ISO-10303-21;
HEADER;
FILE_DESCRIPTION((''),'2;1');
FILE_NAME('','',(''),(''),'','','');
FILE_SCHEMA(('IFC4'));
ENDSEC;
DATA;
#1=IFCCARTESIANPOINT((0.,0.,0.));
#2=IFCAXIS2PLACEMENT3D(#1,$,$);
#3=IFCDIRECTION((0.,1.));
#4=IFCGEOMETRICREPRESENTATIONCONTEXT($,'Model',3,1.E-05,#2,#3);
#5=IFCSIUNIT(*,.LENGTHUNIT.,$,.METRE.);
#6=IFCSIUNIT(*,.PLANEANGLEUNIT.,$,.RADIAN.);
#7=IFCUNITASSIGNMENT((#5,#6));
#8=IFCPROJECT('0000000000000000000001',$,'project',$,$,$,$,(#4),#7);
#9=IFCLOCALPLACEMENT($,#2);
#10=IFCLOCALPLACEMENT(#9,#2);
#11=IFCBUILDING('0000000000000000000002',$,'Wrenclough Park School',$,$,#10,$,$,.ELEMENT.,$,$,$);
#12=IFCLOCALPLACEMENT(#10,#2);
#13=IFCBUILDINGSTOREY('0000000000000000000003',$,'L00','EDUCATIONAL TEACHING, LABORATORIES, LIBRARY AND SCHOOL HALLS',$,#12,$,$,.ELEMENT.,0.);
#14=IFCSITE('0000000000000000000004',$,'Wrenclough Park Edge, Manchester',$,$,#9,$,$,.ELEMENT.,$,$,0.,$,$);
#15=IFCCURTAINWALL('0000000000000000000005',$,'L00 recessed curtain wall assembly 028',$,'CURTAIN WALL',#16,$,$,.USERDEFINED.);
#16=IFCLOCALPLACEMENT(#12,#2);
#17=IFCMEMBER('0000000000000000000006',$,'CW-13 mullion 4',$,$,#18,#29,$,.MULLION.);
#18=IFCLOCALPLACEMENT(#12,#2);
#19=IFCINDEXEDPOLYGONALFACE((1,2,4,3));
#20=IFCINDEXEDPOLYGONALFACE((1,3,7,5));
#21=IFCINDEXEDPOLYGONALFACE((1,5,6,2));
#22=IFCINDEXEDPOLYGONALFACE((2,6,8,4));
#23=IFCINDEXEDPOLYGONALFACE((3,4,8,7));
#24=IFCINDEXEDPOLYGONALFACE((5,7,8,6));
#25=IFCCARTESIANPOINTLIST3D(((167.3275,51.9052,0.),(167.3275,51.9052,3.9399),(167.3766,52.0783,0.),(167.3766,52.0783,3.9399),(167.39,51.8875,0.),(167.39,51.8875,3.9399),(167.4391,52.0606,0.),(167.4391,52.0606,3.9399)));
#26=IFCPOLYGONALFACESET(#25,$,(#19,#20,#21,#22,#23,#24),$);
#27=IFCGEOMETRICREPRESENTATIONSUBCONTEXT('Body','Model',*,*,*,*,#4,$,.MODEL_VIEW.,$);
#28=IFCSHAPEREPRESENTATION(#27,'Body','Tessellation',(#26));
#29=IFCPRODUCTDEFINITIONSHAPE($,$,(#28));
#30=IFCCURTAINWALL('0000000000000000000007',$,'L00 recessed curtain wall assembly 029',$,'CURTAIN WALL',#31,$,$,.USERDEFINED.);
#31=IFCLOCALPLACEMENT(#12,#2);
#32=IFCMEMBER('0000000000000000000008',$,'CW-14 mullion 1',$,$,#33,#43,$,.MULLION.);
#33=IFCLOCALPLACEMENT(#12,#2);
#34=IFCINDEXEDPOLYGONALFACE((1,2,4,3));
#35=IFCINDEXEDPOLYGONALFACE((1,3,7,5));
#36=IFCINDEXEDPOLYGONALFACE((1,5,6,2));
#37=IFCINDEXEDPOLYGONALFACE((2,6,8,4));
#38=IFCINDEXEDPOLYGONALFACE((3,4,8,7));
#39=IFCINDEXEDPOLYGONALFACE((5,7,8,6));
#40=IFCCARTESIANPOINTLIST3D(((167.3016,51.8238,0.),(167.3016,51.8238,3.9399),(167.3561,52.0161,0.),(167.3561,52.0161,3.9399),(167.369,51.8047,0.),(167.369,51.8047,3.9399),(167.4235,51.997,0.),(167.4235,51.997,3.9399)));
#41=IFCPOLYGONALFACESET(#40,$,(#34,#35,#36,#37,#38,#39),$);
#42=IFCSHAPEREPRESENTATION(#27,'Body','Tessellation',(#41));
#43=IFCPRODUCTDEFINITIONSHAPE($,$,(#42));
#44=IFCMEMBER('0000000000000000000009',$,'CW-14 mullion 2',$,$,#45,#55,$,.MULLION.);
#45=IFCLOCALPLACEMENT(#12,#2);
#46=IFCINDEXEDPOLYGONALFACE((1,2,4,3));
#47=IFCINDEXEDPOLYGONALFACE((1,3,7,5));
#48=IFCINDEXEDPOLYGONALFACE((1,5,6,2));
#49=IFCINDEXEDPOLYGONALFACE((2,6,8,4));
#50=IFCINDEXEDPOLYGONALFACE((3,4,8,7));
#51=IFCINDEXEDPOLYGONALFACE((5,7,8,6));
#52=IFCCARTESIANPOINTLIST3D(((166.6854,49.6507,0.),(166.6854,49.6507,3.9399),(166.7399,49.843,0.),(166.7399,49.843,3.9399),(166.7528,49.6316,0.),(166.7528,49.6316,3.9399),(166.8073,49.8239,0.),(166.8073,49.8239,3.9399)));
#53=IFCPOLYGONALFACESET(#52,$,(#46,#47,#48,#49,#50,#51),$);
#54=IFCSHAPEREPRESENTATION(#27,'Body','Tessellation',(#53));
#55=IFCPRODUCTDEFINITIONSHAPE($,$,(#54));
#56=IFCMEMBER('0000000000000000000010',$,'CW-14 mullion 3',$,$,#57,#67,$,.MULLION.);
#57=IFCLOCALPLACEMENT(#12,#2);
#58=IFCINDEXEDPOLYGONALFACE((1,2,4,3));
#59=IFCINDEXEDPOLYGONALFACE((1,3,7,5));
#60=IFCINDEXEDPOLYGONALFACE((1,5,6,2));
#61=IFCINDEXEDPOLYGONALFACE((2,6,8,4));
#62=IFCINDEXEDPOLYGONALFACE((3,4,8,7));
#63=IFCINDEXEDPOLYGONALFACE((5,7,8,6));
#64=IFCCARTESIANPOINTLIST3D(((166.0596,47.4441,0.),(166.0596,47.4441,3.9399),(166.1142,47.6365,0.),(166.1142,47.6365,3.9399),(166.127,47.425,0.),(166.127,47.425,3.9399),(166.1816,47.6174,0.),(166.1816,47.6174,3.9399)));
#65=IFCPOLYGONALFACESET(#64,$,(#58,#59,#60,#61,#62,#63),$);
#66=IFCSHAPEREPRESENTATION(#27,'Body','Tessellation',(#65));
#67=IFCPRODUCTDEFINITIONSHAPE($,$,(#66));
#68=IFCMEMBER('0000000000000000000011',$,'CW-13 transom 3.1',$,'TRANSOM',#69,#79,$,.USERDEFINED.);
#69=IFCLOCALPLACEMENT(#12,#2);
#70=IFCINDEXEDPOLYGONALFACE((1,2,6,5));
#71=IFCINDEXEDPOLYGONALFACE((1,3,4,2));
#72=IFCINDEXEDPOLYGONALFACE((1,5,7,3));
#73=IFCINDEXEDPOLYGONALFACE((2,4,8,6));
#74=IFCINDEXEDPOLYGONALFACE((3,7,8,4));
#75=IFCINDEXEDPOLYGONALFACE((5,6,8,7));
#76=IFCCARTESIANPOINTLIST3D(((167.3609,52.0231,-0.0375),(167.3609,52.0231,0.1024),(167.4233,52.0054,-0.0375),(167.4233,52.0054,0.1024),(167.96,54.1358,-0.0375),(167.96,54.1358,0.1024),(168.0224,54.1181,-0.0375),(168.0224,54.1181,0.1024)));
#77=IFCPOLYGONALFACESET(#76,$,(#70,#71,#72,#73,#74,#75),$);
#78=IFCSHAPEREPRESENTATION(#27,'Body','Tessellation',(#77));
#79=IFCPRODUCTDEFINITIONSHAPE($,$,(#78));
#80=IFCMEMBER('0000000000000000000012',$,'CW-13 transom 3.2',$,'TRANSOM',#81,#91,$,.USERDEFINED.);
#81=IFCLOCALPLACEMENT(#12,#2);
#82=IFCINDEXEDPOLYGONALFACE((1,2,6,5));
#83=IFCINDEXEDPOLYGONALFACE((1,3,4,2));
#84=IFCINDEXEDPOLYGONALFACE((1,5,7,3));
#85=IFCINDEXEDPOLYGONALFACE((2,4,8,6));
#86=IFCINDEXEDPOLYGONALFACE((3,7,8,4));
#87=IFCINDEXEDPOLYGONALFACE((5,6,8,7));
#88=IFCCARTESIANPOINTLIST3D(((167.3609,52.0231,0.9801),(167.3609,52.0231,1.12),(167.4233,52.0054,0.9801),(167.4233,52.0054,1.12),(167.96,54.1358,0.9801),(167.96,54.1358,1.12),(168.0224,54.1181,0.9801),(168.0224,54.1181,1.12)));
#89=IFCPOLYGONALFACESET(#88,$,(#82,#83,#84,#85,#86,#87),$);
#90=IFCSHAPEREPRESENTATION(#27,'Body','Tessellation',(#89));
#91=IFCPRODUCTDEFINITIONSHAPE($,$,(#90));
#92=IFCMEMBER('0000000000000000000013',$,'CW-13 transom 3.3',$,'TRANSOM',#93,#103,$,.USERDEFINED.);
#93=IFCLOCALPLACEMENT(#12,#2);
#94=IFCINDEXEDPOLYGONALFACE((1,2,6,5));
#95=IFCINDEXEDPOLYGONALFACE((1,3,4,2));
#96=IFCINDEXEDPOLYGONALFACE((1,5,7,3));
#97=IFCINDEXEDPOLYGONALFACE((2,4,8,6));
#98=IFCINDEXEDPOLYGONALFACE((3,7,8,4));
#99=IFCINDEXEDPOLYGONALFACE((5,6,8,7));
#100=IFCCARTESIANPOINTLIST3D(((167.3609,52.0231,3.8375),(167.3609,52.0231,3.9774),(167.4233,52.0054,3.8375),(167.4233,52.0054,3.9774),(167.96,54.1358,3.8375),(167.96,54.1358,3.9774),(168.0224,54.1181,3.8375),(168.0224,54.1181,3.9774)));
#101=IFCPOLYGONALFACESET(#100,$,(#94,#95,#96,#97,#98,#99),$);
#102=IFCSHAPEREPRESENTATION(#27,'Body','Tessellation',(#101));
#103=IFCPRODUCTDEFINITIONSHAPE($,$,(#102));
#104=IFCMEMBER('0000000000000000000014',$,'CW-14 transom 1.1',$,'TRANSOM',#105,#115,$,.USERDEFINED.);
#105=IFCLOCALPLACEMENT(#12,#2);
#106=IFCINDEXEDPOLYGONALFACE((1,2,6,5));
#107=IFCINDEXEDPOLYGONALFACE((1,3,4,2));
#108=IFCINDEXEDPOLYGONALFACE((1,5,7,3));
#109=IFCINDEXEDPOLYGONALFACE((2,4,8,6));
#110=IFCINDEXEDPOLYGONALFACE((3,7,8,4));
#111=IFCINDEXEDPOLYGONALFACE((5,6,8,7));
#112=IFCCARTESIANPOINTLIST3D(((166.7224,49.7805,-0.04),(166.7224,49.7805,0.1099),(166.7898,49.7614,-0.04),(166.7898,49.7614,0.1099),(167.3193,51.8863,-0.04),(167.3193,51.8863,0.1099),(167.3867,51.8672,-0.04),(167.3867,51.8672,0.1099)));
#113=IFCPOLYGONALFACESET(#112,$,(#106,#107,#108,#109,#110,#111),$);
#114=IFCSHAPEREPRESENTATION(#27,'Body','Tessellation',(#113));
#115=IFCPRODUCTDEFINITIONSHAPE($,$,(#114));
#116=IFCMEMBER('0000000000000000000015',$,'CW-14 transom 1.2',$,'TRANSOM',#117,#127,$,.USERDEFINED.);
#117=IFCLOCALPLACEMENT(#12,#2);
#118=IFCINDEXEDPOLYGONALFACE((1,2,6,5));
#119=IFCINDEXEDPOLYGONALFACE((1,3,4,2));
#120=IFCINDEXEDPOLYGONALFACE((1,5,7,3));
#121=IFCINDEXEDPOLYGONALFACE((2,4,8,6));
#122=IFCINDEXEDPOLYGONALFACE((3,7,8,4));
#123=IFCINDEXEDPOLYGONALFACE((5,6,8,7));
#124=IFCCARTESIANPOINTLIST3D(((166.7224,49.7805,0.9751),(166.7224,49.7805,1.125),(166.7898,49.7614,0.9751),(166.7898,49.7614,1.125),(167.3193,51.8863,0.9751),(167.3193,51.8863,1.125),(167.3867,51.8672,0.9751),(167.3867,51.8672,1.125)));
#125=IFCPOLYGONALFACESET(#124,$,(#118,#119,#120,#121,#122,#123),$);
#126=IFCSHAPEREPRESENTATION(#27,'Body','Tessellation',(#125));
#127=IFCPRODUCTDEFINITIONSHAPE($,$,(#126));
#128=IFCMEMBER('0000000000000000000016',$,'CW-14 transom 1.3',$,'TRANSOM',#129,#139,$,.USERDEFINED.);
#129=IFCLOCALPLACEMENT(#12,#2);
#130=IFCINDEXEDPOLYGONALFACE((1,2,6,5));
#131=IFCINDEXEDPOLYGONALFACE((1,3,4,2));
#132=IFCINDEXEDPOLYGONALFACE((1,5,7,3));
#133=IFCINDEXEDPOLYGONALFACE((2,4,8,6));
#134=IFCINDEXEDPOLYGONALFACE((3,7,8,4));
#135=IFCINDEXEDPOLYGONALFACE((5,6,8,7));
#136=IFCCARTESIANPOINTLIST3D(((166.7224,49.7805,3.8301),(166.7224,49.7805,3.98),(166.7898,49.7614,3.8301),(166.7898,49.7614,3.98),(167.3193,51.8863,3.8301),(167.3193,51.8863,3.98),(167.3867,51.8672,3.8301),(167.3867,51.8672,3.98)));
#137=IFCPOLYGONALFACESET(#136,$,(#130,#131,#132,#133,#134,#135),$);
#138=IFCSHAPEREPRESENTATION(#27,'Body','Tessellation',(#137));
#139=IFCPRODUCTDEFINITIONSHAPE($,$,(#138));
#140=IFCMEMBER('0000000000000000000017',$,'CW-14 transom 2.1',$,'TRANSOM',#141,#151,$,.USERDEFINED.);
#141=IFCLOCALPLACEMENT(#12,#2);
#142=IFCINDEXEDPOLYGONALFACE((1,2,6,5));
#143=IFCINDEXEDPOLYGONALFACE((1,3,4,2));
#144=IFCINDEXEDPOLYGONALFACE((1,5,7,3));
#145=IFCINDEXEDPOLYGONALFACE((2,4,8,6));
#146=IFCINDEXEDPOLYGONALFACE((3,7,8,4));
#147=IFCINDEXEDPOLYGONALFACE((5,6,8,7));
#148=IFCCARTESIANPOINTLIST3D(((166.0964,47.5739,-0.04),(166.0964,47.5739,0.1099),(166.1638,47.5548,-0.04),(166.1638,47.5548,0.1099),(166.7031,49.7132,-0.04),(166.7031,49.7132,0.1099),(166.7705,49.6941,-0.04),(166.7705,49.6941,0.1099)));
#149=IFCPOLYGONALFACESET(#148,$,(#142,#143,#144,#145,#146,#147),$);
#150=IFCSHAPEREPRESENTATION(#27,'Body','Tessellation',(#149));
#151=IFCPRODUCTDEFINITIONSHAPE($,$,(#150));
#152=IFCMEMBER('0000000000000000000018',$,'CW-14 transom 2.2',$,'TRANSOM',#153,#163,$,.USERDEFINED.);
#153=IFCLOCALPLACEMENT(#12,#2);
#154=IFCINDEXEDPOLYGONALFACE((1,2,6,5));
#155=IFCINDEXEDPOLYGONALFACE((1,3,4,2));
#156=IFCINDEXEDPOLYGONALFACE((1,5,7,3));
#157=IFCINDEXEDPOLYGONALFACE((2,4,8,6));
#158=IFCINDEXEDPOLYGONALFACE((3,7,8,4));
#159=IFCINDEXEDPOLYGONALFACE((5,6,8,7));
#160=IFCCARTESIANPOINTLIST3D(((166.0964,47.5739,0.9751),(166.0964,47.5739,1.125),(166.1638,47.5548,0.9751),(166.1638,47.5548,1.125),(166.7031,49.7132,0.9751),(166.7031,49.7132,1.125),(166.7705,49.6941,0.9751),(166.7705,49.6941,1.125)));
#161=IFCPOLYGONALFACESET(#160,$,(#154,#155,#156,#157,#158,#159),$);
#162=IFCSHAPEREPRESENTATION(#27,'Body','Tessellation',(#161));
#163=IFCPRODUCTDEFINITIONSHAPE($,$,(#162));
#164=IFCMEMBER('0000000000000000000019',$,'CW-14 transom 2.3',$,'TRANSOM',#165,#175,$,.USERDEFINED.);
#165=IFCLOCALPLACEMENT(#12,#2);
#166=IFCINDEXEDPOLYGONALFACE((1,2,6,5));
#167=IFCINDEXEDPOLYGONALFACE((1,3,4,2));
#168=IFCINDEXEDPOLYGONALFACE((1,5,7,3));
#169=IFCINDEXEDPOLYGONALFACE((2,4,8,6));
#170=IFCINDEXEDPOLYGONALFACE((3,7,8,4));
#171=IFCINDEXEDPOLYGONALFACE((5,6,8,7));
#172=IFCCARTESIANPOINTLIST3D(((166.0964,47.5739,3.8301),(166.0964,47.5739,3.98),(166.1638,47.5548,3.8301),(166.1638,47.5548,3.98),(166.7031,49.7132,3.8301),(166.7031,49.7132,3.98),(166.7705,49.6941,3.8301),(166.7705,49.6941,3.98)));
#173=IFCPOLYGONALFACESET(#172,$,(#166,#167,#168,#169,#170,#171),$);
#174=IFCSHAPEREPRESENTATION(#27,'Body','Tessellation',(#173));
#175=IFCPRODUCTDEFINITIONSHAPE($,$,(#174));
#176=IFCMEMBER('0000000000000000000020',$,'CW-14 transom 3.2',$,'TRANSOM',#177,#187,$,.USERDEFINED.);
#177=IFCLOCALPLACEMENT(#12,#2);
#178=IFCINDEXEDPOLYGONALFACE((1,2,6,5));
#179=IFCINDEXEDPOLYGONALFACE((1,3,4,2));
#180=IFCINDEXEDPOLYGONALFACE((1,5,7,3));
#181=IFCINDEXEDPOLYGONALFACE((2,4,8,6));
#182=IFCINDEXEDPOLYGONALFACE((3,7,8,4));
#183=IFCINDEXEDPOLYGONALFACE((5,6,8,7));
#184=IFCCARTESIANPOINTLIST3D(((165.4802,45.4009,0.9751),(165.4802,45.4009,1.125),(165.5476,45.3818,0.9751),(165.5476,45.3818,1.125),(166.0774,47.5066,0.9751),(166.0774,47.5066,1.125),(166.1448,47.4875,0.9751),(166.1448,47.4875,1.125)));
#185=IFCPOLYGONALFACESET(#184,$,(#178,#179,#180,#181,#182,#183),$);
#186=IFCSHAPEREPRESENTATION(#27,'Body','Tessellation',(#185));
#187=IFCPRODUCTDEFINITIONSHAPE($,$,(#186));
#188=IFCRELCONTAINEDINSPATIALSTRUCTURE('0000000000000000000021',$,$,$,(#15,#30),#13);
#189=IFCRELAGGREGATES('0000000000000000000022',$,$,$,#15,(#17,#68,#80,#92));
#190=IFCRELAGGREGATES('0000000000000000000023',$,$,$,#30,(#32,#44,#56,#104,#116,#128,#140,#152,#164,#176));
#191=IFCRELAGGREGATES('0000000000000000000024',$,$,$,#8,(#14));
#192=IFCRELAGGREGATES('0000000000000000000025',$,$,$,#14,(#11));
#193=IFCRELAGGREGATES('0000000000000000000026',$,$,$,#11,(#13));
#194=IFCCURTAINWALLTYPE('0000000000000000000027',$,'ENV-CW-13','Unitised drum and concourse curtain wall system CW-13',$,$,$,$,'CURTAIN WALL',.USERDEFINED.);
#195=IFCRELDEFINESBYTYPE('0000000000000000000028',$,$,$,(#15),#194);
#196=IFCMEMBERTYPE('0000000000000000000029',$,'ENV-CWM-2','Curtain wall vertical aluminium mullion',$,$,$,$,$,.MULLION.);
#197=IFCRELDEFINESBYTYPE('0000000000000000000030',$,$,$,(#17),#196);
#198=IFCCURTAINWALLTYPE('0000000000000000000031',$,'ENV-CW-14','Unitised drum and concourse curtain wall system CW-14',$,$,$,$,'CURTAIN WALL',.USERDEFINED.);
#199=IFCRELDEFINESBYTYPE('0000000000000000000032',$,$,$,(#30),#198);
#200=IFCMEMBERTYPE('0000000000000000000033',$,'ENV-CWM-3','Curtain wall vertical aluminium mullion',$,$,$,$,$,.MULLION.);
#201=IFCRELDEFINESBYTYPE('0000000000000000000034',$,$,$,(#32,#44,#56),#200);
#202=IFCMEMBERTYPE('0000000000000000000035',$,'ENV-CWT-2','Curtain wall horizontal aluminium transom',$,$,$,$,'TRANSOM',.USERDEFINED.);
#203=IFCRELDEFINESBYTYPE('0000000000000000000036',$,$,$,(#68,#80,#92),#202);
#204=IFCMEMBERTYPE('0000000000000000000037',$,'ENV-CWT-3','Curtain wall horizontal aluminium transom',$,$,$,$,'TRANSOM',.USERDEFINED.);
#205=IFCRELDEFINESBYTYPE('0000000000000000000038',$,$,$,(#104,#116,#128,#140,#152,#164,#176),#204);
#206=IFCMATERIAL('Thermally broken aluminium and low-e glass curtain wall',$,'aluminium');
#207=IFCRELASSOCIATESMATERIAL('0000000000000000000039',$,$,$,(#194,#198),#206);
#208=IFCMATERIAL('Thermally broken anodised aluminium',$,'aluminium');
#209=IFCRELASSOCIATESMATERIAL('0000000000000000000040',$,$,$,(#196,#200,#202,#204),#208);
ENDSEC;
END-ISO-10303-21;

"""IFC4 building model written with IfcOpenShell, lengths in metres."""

from ifc_helpers import new_model, si_unit, direction, frame, origin, origin_2d, place, context, subcontext, project, spatial, rectangle, extrude, material, material_profile, profile_set, type_object, element, aggregate, save


model = new_model("IFC4")

# Units and contexts
model_context = context("Model", 3, precision=1e-05, world=origin(), true_north=direction((0.0, 1.0)))
body_context = subcontext(model_context, "Body", "Model", "MODEL_VIEW")
ifc_project = project(units=[si_unit("LENGTHUNIT", "METRE"), si_unit("PLANEANGLEUNIT", "RADIAN")], contexts=[model_context])

# Site, building, storey
site_placement = place(None, origin())
site = spatial("IfcSite", under=ifc_project, at=site_placement, Name="Wrenclough Park Edge, Manchester", CompositionType="ELEMENT", RefElevation=0.0)
building_placement = place(site_placement, origin())
building = spatial("IfcBuilding", under=site, at=building_placement, Name="Wrenclough Park School", CompositionType="ELEMENT")
storey_placement = place(building_placement, origin())
storey = spatial("IfcBuildingStorey", under=building, at=storey_placement, Name="L00", Description="EDUCATIONAL TEACHING, LABORATORIES, LIBRARY AND SCHOOL HALLS", CompositionType="ELEMENT", Elevation=0.0)

# Curtain walls, members
ifc_material_1 = material(Name="Thermally broken aluminium and low-e glass curtain wall", Category="aluminium")
curtain_wall_type_1 = type_object("IfcCurtainWallType", Name="ENV-CW-13", Description="Unitised drum and concourse curtain wall system CW-13", ElementType="CURTAIN WALL", PredefinedType="USERDEFINED", material=ifc_material_1)
curtain_wall_1_placement = place(storey_placement, origin())
curtain_wall_1 = element("IfcCurtainWall", 1, at=curtain_wall_1_placement, inside=storey, type_object=curtain_wall_type_1, Name="L00 recessed curtain wall assembly 028", ObjectType="CURTAIN WALL", PredefinedType="USERDEFINED")
ifc_material_2 = material(Name="Thermally broken anodised aluminium", Category="aluminium")
ifc_material_profile_1 = material_profile(ifc_material_2, rectangle(XDim=0.0649, YDim=0.1799, at=origin_2d()), Name="AL MULLION 65x180")
ifc_profile_set_1 = profile_set([ifc_material_profile_1], Name="Thermally broken anodised aluminium")
member_type_1 = type_object("IfcMemberType", Name="ENV-CWM-2", Description="Curtain wall vertical aluminium mullion", PredefinedType="MULLION", material=ifc_profile_set_1)
member_1_placement = place(storey_placement, frame((167.3833, 51.9829, 0.0), z_axis=(0.0, 0.0, 1.0), x_axis=(0.962068, -0.272809, 0.0)))
member_1 = element("IfcMember", 2, at=member_1_placement, type_object=member_type_1, Name="CW-13 mullion 4", PredefinedType="MULLION", context=body_context, shape_type="SweptSolid", body=[
    extrude(rectangle(XDim=0.0649, YDim=0.1799, at=origin_2d()), origin(), (0.0, 0.0, 1.0), 3.9399),
])
curtain_wall_type_2 = type_object("IfcCurtainWallType", Name="ENV-CW-14", Description="Unitised drum and concourse curtain wall system CW-14", ElementType="CURTAIN WALL", PredefinedType="USERDEFINED", material=ifc_material_1)
curtain_wall_2_placement = place(storey_placement, origin())
curtain_wall_2 = element("IfcCurtainWall", 3, at=curtain_wall_2_placement, inside=storey, type_object=curtain_wall_type_2, Name="L00 recessed curtain wall assembly 029", ObjectType="CURTAIN WALL", PredefinedType="USERDEFINED")
ifc_material_profile_2 = material_profile(ifc_material_2, rectangle(XDim=0.0701, YDim=0.2, at=origin_2d()), Name="AL MULLION 70x200")
ifc_profile_set_2 = profile_set([ifc_material_profile_2], Name="Thermally broken anodised aluminium")
member_type_2 = type_object("IfcMemberType", Name="ENV-CWM-3", Description="Curtain wall vertical aluminium mullion", PredefinedType="MULLION", material=ifc_profile_set_2)
member_2_placement = place(storey_placement, frame((167.3625, 51.9104, 0.0), z_axis=(0.0, 0.0, 1.0), x_axis=(0.962063, -0.272826, 0.0)))
member_2 = element("IfcMember", 4, at=member_2_placement, type_object=member_type_2, Name="CW-14 mullion 1", PredefinedType="MULLION", context=body_context, shape_type="SweptSolid", body=[
    extrude(rectangle(XDim=0.0701, YDim=0.2, at=origin_2d()), origin(), (0.0, 0.0, 1.0), 3.9399),
])
member_3_placement = place(storey_placement, frame((166.7463, 49.7373, 0.0), z_axis=(0.0, 0.0, 1.0), x_axis=(0.962063, -0.272826, 0.0)))
member_3 = element("IfcMember", 5, at=member_3_placement, type_object=member_type_2, Name="CW-14 mullion 2", PredefinedType="MULLION", context=body_context, shape_type="SweptSolid", body=[
    extrude(rectangle(XDim=0.0701, YDim=0.2, at=origin_2d()), origin(), (0.0, 0.0, 1.0), 3.9399),
])
member_4_placement = place(storey_placement, frame((166.1206, 47.5308, 0.0), z_axis=(0.0, 0.0, 1.0), x_axis=(0.962063, -0.272826, 0.0)))
member_4 = element("IfcMember", 6, at=member_4_placement, type_object=member_type_2, Name="CW-14 mullion 3", PredefinedType="MULLION", context=body_context, shape_type="SweptSolid", body=[
    extrude(rectangle(XDim=0.0701, YDim=0.2, at=origin_2d()), origin(), (0.0, 0.0, 1.0), 3.9399),
])

# Members
ifc_material_profile_3 = material_profile(ifc_material_2, rectangle(XDim=0.0649, YDim=0.1399, at=origin_2d()), Name="AL TRANSOM 65x140")
ifc_profile_set_3 = profile_set([ifc_material_profile_3], Name="Thermally broken anodised aluminium")
member_type_3 = type_object("IfcMemberType", Name="ENV-CWT-2", Description="Curtain wall horizontal aluminium transom", ElementType="TRANSOM", PredefinedType="USERDEFINED", material=ifc_profile_set_3)
member_5_placement = place(storey_placement, frame((167.9912, 54.127, 0.0325), z_axis=(-0.272812, -0.962067, 0.0), x_axis=(0.962067, -0.272812, 0.0)))
member_5 = element("IfcMember", 7, at=member_5_placement, type_object=member_type_3, Name="CW-13 transom 3.1", ObjectType="TRANSOM", PredefinedType="USERDEFINED", context=body_context, shape_type="SweptSolid", body=[
    extrude(rectangle(XDim=0.0649, YDim=0.1399, at=origin_2d()), origin(), (0.0, 0.0, 1.0), 2.196),
])
member_6_placement = place(storey_placement, frame((167.9912, 54.127, 1.05), z_axis=(-0.272812, -0.962067, 0.0), x_axis=(0.962067, -0.272812, 0.0)))
member_6 = element("IfcMember", 8, at=member_6_placement, type_object=member_type_3, Name="CW-13 transom 3.2", ObjectType="TRANSOM", PredefinedType="USERDEFINED", context=body_context, shape_type="SweptSolid", body=[
    extrude(rectangle(XDim=0.0649, YDim=0.1399, at=origin_2d()), origin(), (0.0, 0.0, 1.0), 2.196),
])
member_7_placement = place(storey_placement, frame((167.9912, 54.127, 3.9075), z_axis=(-0.272812, -0.962067, 0.0), x_axis=(0.962067, -0.272812, 0.0)))
member_7 = element("IfcMember", 9, at=member_7_placement, type_object=member_type_3, Name="CW-13 transom 3.3", ObjectType="TRANSOM", PredefinedType="USERDEFINED", context=body_context, shape_type="SweptSolid", body=[
    extrude(rectangle(XDim=0.0649, YDim=0.1399, at=origin_2d()), origin(), (0.0, 0.0, 1.0), 2.196),
])
ifc_material_profile_4 = material_profile(ifc_material_2, rectangle(XDim=0.0701, YDim=0.1499, at=origin_2d()), Name="AL TRANSOM 70x150")
ifc_profile_set_4 = profile_set([ifc_material_profile_4], Name="Thermally broken anodised aluminium")
member_type_4 = type_object("IfcMemberType", Name="ENV-CWT-3", Description="Curtain wall horizontal aluminium transom", ElementType="TRANSOM", PredefinedType="USERDEFINED", material=ifc_profile_set_4)
member_8_placement = place(storey_placement, frame((167.353, 51.8767, 0.0349), z_axis=(-0.272732, -0.96209, 0.0), x_axis=(0.96209, -0.272732, 0.0)))
member_8 = element("IfcMember", 10, at=member_8_placement, type_object=member_type_4, Name="CW-14 transom 1.1", ObjectType="TRANSOM", PredefinedType="USERDEFINED", context=body_context, shape_type="SweptSolid", body=[
    extrude(rectangle(XDim=0.0701, YDim=0.1499, at=origin_2d()), origin(), (0.0, 0.0, 1.0), 2.1887),
])
member_9_placement = place(storey_placement, frame((167.353, 51.8767, 1.05), z_axis=(-0.272732, -0.96209, 0.0), x_axis=(0.96209, -0.272732, 0.0)))
member_9 = element("IfcMember", 11, at=member_9_placement, type_object=member_type_4, Name="CW-14 transom 1.2", ObjectType="TRANSOM", PredefinedType="USERDEFINED", context=body_context, shape_type="SweptSolid", body=[
    extrude(rectangle(XDim=0.0701, YDim=0.1499, at=origin_2d()), origin(), (0.0, 0.0, 1.0), 2.1887),
])
member_10_placement = place(storey_placement, frame((167.353, 51.8767, 3.905), z_axis=(-0.272732, -0.96209, 0.0), x_axis=(0.96209, -0.272732, 0.0)))
member_10 = element("IfcMember", 12, at=member_10_placement, type_object=member_type_4, Name="CW-14 transom 1.3", ObjectType="TRANSOM", PredefinedType="USERDEFINED", context=body_context, shape_type="SweptSolid", body=[
    extrude(rectangle(XDim=0.0701, YDim=0.1499, at=origin_2d()), origin(), (0.0, 0.0, 1.0), 2.1887),
])
member_11_placement = place(storey_placement, frame((166.7368, 49.7036, 0.0349), z_axis=(-0.27285, -0.962057, 0.0), x_axis=(0.962057, -0.27285, 0.0)))
member_11 = element("IfcMember", 13, at=member_11_placement, type_object=member_type_4, Name="CW-14 transom 2.1", ObjectType="TRANSOM", PredefinedType="USERDEFINED", context=body_context, shape_type="SweptSolid", body=[
    extrude(rectangle(XDim=0.0701, YDim=0.1499, at=origin_2d()), origin(), (0.0, 0.0, 1.0), 2.2236),
])
member_12_placement = place(storey_placement, frame((166.7368, 49.7036, 1.05), z_axis=(-0.27285, -0.962057, 0.0), x_axis=(0.962057, -0.27285, 0.0)))
member_12 = element("IfcMember", 14, at=member_12_placement, type_object=member_type_4, Name="CW-14 transom 2.2", ObjectType="TRANSOM", PredefinedType="USERDEFINED", context=body_context, shape_type="SweptSolid", body=[
    extrude(rectangle(XDim=0.0701, YDim=0.1499, at=origin_2d()), origin(), (0.0, 0.0, 1.0), 2.2236),
])
member_13_placement = place(storey_placement, frame((166.7368, 49.7036, 3.905), z_axis=(-0.27285, -0.962057, 0.0), x_axis=(0.962057, -0.27285, 0.0)))
member_13 = element("IfcMember", 15, at=member_13_placement, type_object=member_type_4, Name="CW-14 transom 2.3", ObjectType="TRANSOM", PredefinedType="USERDEFINED", context=body_context, shape_type="SweptSolid", body=[
    extrude(rectangle(XDim=0.0701, YDim=0.1499, at=origin_2d()), origin(), (0.0, 0.0, 1.0), 2.2236),
])
member_14_placement = place(storey_placement, frame((166.1111, 47.4971, 1.05), z_axis=(-0.272835, -0.962061, 0.0), x_axis=(0.962061, -0.272835, 0.0)))
member_14 = element("IfcMember", 16, at=member_14_placement, type_object=member_type_4, Name="CW-14 transom 3.2", ObjectType="TRANSOM", PredefinedType="USERDEFINED", context=body_context, shape_type="SweptSolid", body=[
    extrude(rectangle(XDim=0.0701, YDim=0.1499, at=origin_2d()), origin(), (0.0, 0.0, 1.0), 2.1887),
])

aggregate(curtain_wall_1, [member_1, member_5, member_6, member_7])
aggregate(curtain_wall_2, [member_2, member_3, member_4, member_8, member_9, member_10, member_11, member_12, member_13, member_14])

save(model, "model.ifc")
